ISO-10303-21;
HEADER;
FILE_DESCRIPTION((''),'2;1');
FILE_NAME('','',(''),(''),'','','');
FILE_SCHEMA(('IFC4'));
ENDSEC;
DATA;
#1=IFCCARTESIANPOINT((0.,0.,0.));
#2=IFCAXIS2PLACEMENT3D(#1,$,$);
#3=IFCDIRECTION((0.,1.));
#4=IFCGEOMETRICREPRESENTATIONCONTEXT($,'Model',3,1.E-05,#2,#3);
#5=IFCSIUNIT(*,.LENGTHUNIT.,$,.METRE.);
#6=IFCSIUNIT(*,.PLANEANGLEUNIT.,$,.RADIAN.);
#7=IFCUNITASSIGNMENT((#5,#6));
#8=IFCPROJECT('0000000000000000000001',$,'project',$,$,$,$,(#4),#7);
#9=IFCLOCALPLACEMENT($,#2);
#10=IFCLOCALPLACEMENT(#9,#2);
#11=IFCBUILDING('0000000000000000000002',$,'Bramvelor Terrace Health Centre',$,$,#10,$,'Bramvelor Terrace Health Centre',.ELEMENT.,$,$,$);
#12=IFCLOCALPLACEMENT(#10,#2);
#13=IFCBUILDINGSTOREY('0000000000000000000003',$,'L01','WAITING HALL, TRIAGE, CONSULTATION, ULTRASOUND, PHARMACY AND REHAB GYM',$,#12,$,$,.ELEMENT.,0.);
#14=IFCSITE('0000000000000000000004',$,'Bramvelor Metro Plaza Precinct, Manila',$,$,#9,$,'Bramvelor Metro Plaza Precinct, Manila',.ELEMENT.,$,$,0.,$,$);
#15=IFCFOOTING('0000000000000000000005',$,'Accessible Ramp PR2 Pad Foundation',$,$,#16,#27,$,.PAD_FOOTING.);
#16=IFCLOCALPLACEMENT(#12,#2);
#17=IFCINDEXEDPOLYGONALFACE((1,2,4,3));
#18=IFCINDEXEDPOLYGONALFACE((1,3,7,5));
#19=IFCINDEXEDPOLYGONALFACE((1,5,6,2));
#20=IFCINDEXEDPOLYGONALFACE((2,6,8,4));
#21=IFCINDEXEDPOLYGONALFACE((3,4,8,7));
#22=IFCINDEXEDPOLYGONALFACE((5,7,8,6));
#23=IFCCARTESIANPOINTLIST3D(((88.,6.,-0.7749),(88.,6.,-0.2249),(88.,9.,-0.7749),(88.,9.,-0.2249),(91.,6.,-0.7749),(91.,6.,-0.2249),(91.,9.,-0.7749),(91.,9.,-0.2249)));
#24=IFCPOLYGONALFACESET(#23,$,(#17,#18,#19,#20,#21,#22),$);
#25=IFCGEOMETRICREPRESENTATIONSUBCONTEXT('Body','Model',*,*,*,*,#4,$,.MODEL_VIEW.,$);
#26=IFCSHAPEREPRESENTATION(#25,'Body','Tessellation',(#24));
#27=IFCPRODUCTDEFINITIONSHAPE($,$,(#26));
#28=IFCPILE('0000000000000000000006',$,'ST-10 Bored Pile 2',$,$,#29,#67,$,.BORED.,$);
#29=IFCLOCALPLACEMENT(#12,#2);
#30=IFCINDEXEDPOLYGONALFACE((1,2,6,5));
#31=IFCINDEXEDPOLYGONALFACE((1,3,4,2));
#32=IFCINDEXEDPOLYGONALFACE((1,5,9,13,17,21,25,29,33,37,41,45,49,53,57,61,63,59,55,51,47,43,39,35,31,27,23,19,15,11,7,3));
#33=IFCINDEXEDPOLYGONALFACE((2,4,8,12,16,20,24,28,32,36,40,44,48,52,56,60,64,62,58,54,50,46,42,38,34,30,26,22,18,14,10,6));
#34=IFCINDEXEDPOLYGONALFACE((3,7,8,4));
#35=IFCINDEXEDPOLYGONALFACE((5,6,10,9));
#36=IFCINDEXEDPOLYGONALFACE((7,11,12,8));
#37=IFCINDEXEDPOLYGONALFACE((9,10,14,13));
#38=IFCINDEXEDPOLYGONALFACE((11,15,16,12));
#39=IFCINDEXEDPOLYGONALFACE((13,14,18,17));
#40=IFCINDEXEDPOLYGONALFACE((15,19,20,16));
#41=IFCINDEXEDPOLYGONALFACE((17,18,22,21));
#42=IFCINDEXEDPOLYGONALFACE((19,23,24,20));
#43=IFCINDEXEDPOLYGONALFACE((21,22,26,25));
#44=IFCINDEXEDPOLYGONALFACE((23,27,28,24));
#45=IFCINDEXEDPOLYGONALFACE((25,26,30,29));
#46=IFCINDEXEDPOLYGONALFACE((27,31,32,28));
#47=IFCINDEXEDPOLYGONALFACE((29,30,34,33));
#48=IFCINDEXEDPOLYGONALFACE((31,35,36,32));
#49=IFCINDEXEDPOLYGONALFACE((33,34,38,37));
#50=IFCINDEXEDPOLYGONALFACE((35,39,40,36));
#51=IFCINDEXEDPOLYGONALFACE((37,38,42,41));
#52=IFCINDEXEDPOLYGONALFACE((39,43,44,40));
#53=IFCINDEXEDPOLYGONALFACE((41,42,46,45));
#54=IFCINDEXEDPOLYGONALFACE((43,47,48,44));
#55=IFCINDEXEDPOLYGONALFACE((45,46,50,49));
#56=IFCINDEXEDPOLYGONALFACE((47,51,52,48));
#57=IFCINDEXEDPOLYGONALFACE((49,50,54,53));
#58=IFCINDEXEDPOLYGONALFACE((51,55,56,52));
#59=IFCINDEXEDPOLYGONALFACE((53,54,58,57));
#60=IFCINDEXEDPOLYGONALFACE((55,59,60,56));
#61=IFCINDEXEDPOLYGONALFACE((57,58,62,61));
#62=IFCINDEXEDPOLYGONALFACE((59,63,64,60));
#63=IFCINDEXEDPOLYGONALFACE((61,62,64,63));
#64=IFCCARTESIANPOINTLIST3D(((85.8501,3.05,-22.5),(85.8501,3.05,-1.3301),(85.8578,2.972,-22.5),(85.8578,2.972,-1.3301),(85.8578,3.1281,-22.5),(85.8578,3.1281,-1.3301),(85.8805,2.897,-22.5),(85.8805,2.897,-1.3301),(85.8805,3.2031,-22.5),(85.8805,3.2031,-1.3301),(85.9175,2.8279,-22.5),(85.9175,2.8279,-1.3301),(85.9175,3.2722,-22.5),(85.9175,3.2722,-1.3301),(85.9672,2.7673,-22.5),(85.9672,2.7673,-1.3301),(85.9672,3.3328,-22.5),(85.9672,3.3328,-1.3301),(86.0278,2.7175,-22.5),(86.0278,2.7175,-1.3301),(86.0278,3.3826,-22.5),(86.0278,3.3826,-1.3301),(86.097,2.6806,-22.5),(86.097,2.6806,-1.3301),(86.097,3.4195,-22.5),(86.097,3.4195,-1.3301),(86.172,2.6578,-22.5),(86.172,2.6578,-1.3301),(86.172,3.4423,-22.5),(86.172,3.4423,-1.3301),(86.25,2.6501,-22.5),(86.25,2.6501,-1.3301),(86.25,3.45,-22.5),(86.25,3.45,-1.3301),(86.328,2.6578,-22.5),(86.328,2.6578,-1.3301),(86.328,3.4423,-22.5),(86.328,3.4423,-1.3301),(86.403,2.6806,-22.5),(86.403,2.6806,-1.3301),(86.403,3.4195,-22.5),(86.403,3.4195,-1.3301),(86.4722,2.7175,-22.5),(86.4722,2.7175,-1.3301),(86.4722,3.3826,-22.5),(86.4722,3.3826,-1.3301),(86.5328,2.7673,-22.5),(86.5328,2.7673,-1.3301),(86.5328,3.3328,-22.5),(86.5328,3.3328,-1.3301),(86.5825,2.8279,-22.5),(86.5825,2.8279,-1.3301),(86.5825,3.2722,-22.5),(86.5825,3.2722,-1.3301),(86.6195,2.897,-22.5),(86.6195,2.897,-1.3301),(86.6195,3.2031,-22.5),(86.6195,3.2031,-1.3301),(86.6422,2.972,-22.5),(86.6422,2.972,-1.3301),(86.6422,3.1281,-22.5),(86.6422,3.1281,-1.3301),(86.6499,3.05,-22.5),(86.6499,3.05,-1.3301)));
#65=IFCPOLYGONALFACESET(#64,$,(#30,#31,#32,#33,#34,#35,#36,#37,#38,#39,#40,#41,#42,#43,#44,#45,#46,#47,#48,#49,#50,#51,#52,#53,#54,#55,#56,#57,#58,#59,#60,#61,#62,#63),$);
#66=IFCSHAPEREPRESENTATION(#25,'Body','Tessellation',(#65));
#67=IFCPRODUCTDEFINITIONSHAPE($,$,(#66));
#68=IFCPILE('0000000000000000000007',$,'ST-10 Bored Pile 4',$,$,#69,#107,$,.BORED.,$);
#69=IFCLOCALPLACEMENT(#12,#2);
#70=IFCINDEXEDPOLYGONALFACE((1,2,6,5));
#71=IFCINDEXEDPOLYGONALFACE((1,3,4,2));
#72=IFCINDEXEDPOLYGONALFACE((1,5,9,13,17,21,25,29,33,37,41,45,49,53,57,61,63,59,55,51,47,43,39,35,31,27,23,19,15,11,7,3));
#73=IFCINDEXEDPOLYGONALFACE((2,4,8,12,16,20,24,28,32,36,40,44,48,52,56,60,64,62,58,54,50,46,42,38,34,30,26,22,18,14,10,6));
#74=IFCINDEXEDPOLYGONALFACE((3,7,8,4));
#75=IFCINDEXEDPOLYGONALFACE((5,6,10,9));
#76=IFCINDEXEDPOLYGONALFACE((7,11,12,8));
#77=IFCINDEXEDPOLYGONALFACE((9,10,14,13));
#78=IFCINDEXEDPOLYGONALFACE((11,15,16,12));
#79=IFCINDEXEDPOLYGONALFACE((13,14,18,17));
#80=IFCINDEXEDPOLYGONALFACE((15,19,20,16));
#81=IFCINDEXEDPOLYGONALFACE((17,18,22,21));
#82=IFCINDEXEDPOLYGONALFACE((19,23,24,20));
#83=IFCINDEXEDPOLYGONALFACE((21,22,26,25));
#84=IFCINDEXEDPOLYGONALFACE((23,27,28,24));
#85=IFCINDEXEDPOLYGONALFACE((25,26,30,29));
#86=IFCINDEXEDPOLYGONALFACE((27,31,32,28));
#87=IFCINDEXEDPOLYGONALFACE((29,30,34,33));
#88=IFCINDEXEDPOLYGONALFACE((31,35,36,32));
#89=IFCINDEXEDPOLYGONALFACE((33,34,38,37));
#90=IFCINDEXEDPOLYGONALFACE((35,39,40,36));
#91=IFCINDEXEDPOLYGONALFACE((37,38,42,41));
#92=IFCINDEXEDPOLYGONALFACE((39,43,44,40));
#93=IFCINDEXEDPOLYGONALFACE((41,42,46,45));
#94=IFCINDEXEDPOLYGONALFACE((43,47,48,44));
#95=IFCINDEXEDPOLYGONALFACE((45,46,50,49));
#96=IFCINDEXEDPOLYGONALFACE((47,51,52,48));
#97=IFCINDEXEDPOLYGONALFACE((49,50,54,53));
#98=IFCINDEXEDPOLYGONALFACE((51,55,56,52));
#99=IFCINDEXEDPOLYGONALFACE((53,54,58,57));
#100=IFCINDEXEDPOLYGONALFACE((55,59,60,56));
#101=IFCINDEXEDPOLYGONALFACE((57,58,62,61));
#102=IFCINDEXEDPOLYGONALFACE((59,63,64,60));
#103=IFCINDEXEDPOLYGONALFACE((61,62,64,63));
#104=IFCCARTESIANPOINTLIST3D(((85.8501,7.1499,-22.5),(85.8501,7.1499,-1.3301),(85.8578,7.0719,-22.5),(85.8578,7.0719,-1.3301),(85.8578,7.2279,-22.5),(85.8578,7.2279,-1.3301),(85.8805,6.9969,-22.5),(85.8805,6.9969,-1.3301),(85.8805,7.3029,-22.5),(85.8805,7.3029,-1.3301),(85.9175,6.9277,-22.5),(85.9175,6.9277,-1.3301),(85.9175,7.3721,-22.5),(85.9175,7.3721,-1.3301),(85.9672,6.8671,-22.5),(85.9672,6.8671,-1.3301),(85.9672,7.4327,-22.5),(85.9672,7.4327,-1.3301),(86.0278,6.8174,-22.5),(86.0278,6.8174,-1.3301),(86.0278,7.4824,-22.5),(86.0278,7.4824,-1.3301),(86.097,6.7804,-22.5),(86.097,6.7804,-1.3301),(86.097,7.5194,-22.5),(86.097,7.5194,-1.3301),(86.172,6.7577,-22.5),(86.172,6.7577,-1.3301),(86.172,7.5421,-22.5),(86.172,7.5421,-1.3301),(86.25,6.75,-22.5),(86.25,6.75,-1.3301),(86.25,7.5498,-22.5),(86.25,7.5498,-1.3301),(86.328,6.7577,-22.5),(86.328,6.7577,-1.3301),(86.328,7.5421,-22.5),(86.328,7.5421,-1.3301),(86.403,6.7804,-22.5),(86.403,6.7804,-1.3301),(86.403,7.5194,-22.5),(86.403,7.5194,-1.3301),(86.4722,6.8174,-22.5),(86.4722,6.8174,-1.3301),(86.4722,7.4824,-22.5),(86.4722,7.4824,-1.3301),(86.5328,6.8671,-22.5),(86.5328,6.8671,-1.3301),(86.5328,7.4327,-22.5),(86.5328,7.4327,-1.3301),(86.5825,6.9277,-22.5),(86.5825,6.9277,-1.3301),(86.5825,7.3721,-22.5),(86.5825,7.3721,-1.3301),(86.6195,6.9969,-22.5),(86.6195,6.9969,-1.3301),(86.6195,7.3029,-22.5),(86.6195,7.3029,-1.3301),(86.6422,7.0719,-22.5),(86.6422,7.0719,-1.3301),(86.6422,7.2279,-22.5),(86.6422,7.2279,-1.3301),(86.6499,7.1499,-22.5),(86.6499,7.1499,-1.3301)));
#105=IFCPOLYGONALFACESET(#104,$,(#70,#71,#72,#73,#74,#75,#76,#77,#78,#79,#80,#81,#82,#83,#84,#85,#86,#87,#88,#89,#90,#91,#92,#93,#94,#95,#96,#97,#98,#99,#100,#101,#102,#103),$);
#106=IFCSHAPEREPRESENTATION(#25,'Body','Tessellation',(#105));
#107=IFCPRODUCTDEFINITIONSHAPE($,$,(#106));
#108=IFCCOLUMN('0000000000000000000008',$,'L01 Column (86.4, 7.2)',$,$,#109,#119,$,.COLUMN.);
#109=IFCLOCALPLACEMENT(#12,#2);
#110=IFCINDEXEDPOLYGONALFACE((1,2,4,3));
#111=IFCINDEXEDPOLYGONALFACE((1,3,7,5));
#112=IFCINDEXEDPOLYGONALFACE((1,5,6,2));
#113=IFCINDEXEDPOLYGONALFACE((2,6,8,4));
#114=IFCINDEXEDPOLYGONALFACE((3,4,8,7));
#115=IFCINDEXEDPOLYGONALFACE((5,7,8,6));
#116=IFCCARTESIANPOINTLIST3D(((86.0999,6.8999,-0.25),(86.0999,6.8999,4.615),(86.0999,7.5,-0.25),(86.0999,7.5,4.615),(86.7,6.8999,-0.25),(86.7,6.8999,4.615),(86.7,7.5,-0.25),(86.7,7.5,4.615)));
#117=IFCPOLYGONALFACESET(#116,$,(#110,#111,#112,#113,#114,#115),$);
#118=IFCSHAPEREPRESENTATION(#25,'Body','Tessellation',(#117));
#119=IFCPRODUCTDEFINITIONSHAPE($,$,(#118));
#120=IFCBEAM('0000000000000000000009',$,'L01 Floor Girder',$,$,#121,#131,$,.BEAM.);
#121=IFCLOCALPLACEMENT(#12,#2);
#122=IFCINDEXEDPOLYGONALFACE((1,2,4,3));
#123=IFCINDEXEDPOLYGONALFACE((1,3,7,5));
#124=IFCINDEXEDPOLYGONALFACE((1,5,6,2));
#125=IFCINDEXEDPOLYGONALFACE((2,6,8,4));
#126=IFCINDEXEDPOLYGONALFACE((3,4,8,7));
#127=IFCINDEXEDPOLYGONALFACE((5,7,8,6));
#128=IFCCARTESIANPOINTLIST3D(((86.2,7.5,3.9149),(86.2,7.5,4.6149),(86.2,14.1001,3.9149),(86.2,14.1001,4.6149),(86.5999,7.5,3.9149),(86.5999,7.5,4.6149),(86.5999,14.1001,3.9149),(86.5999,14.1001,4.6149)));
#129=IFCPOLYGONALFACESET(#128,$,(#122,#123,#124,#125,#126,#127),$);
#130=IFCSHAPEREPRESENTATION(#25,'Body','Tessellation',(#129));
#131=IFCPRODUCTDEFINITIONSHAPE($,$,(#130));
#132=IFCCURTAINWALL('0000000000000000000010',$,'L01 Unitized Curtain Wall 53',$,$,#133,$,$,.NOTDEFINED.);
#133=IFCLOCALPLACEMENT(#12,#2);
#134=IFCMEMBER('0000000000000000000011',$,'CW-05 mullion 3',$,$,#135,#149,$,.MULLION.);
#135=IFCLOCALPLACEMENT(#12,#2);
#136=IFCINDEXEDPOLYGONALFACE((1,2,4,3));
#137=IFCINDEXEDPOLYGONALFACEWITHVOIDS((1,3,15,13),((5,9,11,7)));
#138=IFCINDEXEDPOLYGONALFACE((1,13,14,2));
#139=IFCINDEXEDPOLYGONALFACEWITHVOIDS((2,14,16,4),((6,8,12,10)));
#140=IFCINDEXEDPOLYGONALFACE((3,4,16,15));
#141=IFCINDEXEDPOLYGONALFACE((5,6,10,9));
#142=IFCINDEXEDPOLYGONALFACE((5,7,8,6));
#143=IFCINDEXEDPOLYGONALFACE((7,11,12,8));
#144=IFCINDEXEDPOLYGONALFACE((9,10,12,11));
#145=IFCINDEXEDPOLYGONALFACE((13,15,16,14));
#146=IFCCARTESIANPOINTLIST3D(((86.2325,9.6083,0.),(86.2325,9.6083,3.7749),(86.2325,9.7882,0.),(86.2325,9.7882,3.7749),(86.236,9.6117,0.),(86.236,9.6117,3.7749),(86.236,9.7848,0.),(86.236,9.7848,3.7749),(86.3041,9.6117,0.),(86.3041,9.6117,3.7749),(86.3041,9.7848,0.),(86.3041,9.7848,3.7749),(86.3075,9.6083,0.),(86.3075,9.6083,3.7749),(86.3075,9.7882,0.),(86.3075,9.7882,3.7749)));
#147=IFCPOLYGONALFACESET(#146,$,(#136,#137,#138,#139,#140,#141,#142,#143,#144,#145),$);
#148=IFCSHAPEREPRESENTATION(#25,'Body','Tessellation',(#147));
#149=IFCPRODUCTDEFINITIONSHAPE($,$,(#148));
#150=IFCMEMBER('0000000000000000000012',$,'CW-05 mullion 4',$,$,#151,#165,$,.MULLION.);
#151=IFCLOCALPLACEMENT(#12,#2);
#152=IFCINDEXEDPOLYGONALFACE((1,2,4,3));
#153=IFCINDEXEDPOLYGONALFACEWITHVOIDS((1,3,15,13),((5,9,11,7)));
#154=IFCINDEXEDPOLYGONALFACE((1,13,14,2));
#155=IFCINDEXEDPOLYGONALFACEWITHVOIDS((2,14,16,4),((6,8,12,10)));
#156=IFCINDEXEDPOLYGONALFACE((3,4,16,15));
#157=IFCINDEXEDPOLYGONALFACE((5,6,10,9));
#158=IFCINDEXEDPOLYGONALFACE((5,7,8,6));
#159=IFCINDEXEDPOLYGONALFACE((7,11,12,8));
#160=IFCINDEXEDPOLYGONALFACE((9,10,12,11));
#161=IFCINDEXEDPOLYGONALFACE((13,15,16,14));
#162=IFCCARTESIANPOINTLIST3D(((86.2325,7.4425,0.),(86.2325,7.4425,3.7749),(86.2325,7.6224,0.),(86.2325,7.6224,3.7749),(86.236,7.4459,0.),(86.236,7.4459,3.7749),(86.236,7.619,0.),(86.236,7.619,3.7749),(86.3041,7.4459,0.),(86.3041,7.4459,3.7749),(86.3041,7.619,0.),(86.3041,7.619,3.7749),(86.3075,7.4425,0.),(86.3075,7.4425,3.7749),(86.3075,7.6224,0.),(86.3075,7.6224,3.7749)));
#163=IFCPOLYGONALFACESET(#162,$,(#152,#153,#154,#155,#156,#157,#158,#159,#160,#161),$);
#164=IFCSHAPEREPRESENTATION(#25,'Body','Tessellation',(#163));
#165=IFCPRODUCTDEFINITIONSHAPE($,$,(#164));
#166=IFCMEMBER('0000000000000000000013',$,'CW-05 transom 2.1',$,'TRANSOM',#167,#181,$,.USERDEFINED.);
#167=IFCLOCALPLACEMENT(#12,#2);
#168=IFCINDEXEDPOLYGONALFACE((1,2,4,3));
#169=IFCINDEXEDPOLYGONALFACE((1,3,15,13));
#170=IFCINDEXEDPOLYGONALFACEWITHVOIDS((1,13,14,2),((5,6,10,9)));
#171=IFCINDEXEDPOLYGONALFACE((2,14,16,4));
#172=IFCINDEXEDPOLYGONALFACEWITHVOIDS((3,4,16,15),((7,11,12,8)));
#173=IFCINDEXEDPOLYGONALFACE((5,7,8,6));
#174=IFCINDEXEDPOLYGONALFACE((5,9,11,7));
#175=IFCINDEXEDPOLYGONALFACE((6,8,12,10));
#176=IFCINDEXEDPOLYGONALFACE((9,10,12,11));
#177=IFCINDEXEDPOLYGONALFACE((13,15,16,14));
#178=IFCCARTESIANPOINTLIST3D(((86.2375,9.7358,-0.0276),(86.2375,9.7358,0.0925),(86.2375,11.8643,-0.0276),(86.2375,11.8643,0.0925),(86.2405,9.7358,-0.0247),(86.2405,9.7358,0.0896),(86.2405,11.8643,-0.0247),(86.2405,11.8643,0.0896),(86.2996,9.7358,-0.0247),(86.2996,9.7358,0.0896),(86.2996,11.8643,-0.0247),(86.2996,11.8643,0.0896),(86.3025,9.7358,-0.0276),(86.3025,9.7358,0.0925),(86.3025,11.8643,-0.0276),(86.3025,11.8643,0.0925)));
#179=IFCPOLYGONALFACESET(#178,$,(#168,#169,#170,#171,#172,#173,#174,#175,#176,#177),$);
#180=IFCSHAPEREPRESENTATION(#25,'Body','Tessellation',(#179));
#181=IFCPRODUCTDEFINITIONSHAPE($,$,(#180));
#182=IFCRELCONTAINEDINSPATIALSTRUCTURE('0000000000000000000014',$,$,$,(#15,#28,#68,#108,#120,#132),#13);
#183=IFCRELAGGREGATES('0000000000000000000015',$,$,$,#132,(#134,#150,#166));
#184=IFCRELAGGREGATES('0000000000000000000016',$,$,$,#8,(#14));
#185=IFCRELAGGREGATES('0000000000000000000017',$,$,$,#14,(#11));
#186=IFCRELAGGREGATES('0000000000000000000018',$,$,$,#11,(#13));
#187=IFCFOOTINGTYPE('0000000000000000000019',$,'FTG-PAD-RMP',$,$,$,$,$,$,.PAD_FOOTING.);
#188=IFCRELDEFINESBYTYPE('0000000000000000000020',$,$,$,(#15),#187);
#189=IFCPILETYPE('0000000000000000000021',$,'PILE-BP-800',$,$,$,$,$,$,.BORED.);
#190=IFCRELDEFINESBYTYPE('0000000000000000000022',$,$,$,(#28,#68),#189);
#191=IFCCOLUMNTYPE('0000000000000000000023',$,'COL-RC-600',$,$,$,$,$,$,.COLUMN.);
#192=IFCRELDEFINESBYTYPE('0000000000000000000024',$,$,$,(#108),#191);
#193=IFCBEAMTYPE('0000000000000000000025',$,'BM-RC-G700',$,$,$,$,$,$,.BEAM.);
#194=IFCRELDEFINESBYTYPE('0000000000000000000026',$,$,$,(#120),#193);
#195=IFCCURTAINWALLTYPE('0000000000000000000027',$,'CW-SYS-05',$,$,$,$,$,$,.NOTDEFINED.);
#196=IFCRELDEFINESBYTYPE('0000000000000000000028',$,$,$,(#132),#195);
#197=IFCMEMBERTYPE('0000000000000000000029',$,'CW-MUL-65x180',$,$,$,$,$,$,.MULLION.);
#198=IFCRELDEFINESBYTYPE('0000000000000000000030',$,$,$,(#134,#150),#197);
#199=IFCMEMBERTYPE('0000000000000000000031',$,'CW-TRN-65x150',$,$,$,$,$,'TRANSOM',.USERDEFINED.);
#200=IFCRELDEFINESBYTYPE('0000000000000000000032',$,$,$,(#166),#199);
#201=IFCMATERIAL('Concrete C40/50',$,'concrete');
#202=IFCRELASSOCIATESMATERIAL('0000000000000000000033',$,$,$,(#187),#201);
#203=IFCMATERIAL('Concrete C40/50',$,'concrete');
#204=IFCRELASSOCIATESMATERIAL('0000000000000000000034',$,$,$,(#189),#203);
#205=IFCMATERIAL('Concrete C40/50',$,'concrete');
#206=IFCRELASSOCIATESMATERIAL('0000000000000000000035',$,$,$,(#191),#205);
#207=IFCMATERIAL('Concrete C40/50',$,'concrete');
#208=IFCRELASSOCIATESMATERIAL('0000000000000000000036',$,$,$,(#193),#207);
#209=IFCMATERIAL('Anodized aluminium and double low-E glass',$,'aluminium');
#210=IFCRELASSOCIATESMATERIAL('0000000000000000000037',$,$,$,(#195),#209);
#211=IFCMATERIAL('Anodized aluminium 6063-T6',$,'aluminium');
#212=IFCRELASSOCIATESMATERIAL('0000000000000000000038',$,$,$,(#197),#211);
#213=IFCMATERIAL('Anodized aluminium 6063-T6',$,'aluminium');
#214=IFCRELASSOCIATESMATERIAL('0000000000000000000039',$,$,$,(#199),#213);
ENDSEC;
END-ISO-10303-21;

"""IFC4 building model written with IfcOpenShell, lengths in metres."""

from ifc_helpers import new_model, si_unit, direction, frame, origin, origin_2d, place, context, subcontext, project, spatial, rectangle, hollow_rectangle, circle, extrude, material, material_profile, profile_set, type_object, element, aggregate, save


model = new_model("IFC4")

# Units and contexts
model_context = context("Model", 3, precision=1e-05, world=origin(), true_north=direction((0.0, 1.0)))
body_context = subcontext(model_context, "Body", "Model", "MODEL_VIEW")
ifc_project = project(units=[si_unit("LENGTHUNIT", "METRE"), si_unit("PLANEANGLEUNIT", "RADIAN")], contexts=[model_context])

# Site, building, storey
site_placement = place(None, origin())
site = spatial("IfcSite", under=ifc_project, at=site_placement, Name="Bramvelor Metro Plaza Precinct, Manila", LongName="Bramvelor Metro Plaza Precinct, Manila", CompositionType="ELEMENT", RefElevation=0.0)
building_placement = place(site_placement, origin())
building = spatial("IfcBuilding", under=site, at=building_placement, Name="Bramvelor Terrace Health Centre", LongName="Bramvelor Terrace Health Centre", CompositionType="ELEMENT")
storey_placement = place(building_placement, origin())
storey = spatial("IfcBuildingStorey", under=building, at=storey_placement, Name="L01", Description="WAITING HALL, TRIAGE, CONSULTATION, ULTRASOUND, PHARMACY AND REHAB GYM", CompositionType="ELEMENT", Elevation=0.0)

# Footing
ifc_material_1 = material(Name="Concrete C40/50", Category="concrete")
footing_type = type_object("IfcFootingType", Name="FTG-PAD-RMP", PredefinedType="PAD_FOOTING", material=ifc_material_1)
footing_placement = place(storey_placement, frame((89.5, 7.5, -0.7749), z_axis=(0.0, 0.0, 1.0), x_axis=(1.0, 0.0, 0.0)))
element("IfcFooting", 1, at=footing_placement, inside=storey, type_object=footing_type, Name="Accessible Ramp PR2 Pad Foundation", PredefinedType="PAD_FOOTING", context=body_context, shape_type="SweptSolid", body=[
    extrude(rectangle(XDim=3.0, YDim=3.0, at=origin_2d()), origin(), (0.0, 0.0, 1.0), 0.55),
])

# Piles
ifc_material_2 = material(Name="Concrete C40/50", Category="concrete")
ifc_material_profile_1 = material_profile(ifc_material_2, circle(Radius=0.3999, at=origin_2d()), Name="BP D800")
ifc_profile_set_1 = profile_set([ifc_material_profile_1], Name="Concrete C40/50")
pile_type = type_object("IfcPileType", Name="PILE-BP-800", PredefinedType="BORED", material=ifc_profile_set_1)
for number, where, z_axis, x_axis, name in (
    (2, (86.25, 3.05, -1.3301), (0.0, 0.0, -1.0), (1.0, 0.0, 0.0), "ST-10 Bored Pile 2"),
    (3, (86.25, 7.1499, -1.3301), (0.0, 0.0, -1.0), (1.0, 0.0, 0.0), "ST-10 Bored Pile 4"),
):
    element("IfcPile", number, at=place(storey_placement, frame(where, z_axis=z_axis, x_axis=x_axis)), inside=storey, type_object=pile_type, Name=name, PredefinedType="BORED", context=body_context, shape_type="SweptSolid", body=[
        extrude(circle(Radius=0.3999, at=origin_2d()), origin(), (0.0, 0.0, 1.0), 21.1699),
    ])

# Column
ifc_material_3 = material(Name="Concrete C40/50", Category="concrete")
ifc_material_profile_2 = material_profile(ifc_material_3, rectangle(XDim=0.6001, YDim=0.6001, at=origin_2d()), Name="RC 600x600")
ifc_profile_set_2 = profile_set([ifc_material_profile_2], Name="Concrete C40/50")
column_type = type_object("IfcColumnType", Name="COL-RC-600", PredefinedType="COLUMN", material=ifc_profile_set_2)
column_placement = place(storey_placement, frame((86.3999, 7.2, -0.25), z_axis=(0.0, 0.0, 1.0), x_axis=(1.0, 0.0, 0.0)))
element("IfcColumn", 4, at=column_placement, inside=storey, type_object=column_type, Name="L01 Column (86.4, 7.2)", PredefinedType="COLUMN", context=body_context, shape_type="SweptSolid", body=[
    extrude(rectangle(XDim=0.6001, YDim=0.6001, at=origin_2d()), origin(), (0.0, 0.0, 1.0), 4.865),
])

# Beam
ifc_material_4 = material(Name="Concrete C40/50", Category="concrete")
ifc_material_profile_3 = material_profile(ifc_material_4, rectangle(XDim=0.3999, YDim=0.7, at=origin_2d()), Name="RC 400x700")
ifc_profile_set_3 = profile_set([ifc_material_profile_3], Name="Concrete C40/50")
beam_type = type_object("IfcBeamType", Name="BM-RC-G700", PredefinedType="BEAM", material=ifc_profile_set_3)
beam_placement = place(storey_placement, frame((86.3999, 7.5, 4.2649), z_axis=(0.0, 1.0, 0.0), x_axis=(-1.0, 0.0, 0.0)))
element("IfcBeam", 5, at=beam_placement, inside=storey, type_object=beam_type, Name="L01 Floor Girder", PredefinedType="BEAM", context=body_context, shape_type="SweptSolid", body=[
    extrude(rectangle(XDim=0.3999, YDim=0.7, at=origin_2d()), origin(), (0.0, 0.0, 1.0), 6.6001),
])

# Curtain wall, members
ifc_material_5 = material(Name="Anodized aluminium and double low-E glass", Category="aluminium")
curtain_wall_type = type_object("IfcCurtainWallType", Name="CW-SYS-05", PredefinedType="NOTDEFINED", material=ifc_material_5)
curtain_wall_placement = place(storey_placement, origin())
curtain_wall = element("IfcCurtainWall", 6, at=curtain_wall_placement, inside=storey, type_object=curtain_wall_type, Name="L01 Unitized Curtain Wall 53", PredefinedType="NOTDEFINED")
ifc_material_6 = material(Name="Anodized aluminium 6063-T6", Category="aluminium")
ifc_material_profile_4 = material_profile(ifc_material_6, hollow_rectangle(XDim=0.075, YDim=0.1799, WallThickness=0.0034, at=origin_2d()), Name="ALU-MUL 75x180x3.5")
ifc_profile_set_4 = profile_set([ifc_material_profile_4], Name="Anodized aluminium 6063-T6")
member_type_1 = type_object("IfcMemberType", Name="CW-MUL-65x180", PredefinedType="MULLION", material=ifc_profile_set_4)
member_1_placement = place(storey_placement, frame((86.27, 9.6982, 0.0), z_axis=(0.0, 0.0, 1.0), x_axis=(1.0, 0.0, 0.0)))
member_1 = element("IfcMember", 7, at=member_1_placement, type_object=member_type_1, Name="CW-05 mullion 3", PredefinedType="MULLION", context=body_context, shape_type="SweptSolid", body=[
    extrude(hollow_rectangle(XDim=0.075, YDim=0.1799, WallThickness=0.0034, at=origin_2d()), origin(), (0.0, 0.0, 1.0), 3.7749),
])
member_2_placement = place(storey_placement, frame((86.27, 7.5325, 0.0), z_axis=(0.0, 0.0, 1.0), x_axis=(1.0, 0.0, 0.0)))
member_2 = element("IfcMember", 8, at=member_2_placement, type_object=member_type_1, Name="CW-05 mullion 4", PredefinedType="MULLION", context=body_context, shape_type="SweptSolid", body=[
    extrude(hollow_rectangle(XDim=0.075, YDim=0.1799, WallThickness=0.0034, at=origin_2d()), origin(), (0.0, 0.0, 1.0), 3.7749),
])
ifc_material_7 = material(Name="Anodized aluminium 6063-T6", Category="aluminium")
ifc_material_profile_5 = material_profile(ifc_material_7, hollow_rectangle(XDim=0.0649, YDim=0.1201, WallThickness=0.0029, at=origin_2d()), Name="ALU-TRN 65x120x3.0")
ifc_profile_set_5 = profile_set([ifc_material_profile_5], Name="Anodized aluminium 6063-T6")
member_type_2 = type_object("IfcMemberType", Name="CW-TRN-65x150", ElementType="TRANSOM", PredefinedType="USERDEFINED", material=ifc_profile_set_5)
member_3_placement = place(storey_placement, frame((86.27, 11.8643, 0.0325), z_axis=(0.0, -1.0, 0.0), x_axis=(1.0, 0.0, 0.0)))
member_3 = element("IfcMember", 9, at=member_3_placement, type_object=member_type_2, Name="CW-05 transom 2.1", ObjectType="TRANSOM", PredefinedType="USERDEFINED", context=body_context, shape_type="SweptSolid", body=[
    extrude(hollow_rectangle(XDim=0.0649, YDim=0.1201, WallThickness=0.0029, at=origin_2d()), origin(), (0.0, 0.0, 1.0), 2.1284),
])
aggregate(curtain_wall, [member_1, member_2, member_3])

save(model, "model.ifc")
